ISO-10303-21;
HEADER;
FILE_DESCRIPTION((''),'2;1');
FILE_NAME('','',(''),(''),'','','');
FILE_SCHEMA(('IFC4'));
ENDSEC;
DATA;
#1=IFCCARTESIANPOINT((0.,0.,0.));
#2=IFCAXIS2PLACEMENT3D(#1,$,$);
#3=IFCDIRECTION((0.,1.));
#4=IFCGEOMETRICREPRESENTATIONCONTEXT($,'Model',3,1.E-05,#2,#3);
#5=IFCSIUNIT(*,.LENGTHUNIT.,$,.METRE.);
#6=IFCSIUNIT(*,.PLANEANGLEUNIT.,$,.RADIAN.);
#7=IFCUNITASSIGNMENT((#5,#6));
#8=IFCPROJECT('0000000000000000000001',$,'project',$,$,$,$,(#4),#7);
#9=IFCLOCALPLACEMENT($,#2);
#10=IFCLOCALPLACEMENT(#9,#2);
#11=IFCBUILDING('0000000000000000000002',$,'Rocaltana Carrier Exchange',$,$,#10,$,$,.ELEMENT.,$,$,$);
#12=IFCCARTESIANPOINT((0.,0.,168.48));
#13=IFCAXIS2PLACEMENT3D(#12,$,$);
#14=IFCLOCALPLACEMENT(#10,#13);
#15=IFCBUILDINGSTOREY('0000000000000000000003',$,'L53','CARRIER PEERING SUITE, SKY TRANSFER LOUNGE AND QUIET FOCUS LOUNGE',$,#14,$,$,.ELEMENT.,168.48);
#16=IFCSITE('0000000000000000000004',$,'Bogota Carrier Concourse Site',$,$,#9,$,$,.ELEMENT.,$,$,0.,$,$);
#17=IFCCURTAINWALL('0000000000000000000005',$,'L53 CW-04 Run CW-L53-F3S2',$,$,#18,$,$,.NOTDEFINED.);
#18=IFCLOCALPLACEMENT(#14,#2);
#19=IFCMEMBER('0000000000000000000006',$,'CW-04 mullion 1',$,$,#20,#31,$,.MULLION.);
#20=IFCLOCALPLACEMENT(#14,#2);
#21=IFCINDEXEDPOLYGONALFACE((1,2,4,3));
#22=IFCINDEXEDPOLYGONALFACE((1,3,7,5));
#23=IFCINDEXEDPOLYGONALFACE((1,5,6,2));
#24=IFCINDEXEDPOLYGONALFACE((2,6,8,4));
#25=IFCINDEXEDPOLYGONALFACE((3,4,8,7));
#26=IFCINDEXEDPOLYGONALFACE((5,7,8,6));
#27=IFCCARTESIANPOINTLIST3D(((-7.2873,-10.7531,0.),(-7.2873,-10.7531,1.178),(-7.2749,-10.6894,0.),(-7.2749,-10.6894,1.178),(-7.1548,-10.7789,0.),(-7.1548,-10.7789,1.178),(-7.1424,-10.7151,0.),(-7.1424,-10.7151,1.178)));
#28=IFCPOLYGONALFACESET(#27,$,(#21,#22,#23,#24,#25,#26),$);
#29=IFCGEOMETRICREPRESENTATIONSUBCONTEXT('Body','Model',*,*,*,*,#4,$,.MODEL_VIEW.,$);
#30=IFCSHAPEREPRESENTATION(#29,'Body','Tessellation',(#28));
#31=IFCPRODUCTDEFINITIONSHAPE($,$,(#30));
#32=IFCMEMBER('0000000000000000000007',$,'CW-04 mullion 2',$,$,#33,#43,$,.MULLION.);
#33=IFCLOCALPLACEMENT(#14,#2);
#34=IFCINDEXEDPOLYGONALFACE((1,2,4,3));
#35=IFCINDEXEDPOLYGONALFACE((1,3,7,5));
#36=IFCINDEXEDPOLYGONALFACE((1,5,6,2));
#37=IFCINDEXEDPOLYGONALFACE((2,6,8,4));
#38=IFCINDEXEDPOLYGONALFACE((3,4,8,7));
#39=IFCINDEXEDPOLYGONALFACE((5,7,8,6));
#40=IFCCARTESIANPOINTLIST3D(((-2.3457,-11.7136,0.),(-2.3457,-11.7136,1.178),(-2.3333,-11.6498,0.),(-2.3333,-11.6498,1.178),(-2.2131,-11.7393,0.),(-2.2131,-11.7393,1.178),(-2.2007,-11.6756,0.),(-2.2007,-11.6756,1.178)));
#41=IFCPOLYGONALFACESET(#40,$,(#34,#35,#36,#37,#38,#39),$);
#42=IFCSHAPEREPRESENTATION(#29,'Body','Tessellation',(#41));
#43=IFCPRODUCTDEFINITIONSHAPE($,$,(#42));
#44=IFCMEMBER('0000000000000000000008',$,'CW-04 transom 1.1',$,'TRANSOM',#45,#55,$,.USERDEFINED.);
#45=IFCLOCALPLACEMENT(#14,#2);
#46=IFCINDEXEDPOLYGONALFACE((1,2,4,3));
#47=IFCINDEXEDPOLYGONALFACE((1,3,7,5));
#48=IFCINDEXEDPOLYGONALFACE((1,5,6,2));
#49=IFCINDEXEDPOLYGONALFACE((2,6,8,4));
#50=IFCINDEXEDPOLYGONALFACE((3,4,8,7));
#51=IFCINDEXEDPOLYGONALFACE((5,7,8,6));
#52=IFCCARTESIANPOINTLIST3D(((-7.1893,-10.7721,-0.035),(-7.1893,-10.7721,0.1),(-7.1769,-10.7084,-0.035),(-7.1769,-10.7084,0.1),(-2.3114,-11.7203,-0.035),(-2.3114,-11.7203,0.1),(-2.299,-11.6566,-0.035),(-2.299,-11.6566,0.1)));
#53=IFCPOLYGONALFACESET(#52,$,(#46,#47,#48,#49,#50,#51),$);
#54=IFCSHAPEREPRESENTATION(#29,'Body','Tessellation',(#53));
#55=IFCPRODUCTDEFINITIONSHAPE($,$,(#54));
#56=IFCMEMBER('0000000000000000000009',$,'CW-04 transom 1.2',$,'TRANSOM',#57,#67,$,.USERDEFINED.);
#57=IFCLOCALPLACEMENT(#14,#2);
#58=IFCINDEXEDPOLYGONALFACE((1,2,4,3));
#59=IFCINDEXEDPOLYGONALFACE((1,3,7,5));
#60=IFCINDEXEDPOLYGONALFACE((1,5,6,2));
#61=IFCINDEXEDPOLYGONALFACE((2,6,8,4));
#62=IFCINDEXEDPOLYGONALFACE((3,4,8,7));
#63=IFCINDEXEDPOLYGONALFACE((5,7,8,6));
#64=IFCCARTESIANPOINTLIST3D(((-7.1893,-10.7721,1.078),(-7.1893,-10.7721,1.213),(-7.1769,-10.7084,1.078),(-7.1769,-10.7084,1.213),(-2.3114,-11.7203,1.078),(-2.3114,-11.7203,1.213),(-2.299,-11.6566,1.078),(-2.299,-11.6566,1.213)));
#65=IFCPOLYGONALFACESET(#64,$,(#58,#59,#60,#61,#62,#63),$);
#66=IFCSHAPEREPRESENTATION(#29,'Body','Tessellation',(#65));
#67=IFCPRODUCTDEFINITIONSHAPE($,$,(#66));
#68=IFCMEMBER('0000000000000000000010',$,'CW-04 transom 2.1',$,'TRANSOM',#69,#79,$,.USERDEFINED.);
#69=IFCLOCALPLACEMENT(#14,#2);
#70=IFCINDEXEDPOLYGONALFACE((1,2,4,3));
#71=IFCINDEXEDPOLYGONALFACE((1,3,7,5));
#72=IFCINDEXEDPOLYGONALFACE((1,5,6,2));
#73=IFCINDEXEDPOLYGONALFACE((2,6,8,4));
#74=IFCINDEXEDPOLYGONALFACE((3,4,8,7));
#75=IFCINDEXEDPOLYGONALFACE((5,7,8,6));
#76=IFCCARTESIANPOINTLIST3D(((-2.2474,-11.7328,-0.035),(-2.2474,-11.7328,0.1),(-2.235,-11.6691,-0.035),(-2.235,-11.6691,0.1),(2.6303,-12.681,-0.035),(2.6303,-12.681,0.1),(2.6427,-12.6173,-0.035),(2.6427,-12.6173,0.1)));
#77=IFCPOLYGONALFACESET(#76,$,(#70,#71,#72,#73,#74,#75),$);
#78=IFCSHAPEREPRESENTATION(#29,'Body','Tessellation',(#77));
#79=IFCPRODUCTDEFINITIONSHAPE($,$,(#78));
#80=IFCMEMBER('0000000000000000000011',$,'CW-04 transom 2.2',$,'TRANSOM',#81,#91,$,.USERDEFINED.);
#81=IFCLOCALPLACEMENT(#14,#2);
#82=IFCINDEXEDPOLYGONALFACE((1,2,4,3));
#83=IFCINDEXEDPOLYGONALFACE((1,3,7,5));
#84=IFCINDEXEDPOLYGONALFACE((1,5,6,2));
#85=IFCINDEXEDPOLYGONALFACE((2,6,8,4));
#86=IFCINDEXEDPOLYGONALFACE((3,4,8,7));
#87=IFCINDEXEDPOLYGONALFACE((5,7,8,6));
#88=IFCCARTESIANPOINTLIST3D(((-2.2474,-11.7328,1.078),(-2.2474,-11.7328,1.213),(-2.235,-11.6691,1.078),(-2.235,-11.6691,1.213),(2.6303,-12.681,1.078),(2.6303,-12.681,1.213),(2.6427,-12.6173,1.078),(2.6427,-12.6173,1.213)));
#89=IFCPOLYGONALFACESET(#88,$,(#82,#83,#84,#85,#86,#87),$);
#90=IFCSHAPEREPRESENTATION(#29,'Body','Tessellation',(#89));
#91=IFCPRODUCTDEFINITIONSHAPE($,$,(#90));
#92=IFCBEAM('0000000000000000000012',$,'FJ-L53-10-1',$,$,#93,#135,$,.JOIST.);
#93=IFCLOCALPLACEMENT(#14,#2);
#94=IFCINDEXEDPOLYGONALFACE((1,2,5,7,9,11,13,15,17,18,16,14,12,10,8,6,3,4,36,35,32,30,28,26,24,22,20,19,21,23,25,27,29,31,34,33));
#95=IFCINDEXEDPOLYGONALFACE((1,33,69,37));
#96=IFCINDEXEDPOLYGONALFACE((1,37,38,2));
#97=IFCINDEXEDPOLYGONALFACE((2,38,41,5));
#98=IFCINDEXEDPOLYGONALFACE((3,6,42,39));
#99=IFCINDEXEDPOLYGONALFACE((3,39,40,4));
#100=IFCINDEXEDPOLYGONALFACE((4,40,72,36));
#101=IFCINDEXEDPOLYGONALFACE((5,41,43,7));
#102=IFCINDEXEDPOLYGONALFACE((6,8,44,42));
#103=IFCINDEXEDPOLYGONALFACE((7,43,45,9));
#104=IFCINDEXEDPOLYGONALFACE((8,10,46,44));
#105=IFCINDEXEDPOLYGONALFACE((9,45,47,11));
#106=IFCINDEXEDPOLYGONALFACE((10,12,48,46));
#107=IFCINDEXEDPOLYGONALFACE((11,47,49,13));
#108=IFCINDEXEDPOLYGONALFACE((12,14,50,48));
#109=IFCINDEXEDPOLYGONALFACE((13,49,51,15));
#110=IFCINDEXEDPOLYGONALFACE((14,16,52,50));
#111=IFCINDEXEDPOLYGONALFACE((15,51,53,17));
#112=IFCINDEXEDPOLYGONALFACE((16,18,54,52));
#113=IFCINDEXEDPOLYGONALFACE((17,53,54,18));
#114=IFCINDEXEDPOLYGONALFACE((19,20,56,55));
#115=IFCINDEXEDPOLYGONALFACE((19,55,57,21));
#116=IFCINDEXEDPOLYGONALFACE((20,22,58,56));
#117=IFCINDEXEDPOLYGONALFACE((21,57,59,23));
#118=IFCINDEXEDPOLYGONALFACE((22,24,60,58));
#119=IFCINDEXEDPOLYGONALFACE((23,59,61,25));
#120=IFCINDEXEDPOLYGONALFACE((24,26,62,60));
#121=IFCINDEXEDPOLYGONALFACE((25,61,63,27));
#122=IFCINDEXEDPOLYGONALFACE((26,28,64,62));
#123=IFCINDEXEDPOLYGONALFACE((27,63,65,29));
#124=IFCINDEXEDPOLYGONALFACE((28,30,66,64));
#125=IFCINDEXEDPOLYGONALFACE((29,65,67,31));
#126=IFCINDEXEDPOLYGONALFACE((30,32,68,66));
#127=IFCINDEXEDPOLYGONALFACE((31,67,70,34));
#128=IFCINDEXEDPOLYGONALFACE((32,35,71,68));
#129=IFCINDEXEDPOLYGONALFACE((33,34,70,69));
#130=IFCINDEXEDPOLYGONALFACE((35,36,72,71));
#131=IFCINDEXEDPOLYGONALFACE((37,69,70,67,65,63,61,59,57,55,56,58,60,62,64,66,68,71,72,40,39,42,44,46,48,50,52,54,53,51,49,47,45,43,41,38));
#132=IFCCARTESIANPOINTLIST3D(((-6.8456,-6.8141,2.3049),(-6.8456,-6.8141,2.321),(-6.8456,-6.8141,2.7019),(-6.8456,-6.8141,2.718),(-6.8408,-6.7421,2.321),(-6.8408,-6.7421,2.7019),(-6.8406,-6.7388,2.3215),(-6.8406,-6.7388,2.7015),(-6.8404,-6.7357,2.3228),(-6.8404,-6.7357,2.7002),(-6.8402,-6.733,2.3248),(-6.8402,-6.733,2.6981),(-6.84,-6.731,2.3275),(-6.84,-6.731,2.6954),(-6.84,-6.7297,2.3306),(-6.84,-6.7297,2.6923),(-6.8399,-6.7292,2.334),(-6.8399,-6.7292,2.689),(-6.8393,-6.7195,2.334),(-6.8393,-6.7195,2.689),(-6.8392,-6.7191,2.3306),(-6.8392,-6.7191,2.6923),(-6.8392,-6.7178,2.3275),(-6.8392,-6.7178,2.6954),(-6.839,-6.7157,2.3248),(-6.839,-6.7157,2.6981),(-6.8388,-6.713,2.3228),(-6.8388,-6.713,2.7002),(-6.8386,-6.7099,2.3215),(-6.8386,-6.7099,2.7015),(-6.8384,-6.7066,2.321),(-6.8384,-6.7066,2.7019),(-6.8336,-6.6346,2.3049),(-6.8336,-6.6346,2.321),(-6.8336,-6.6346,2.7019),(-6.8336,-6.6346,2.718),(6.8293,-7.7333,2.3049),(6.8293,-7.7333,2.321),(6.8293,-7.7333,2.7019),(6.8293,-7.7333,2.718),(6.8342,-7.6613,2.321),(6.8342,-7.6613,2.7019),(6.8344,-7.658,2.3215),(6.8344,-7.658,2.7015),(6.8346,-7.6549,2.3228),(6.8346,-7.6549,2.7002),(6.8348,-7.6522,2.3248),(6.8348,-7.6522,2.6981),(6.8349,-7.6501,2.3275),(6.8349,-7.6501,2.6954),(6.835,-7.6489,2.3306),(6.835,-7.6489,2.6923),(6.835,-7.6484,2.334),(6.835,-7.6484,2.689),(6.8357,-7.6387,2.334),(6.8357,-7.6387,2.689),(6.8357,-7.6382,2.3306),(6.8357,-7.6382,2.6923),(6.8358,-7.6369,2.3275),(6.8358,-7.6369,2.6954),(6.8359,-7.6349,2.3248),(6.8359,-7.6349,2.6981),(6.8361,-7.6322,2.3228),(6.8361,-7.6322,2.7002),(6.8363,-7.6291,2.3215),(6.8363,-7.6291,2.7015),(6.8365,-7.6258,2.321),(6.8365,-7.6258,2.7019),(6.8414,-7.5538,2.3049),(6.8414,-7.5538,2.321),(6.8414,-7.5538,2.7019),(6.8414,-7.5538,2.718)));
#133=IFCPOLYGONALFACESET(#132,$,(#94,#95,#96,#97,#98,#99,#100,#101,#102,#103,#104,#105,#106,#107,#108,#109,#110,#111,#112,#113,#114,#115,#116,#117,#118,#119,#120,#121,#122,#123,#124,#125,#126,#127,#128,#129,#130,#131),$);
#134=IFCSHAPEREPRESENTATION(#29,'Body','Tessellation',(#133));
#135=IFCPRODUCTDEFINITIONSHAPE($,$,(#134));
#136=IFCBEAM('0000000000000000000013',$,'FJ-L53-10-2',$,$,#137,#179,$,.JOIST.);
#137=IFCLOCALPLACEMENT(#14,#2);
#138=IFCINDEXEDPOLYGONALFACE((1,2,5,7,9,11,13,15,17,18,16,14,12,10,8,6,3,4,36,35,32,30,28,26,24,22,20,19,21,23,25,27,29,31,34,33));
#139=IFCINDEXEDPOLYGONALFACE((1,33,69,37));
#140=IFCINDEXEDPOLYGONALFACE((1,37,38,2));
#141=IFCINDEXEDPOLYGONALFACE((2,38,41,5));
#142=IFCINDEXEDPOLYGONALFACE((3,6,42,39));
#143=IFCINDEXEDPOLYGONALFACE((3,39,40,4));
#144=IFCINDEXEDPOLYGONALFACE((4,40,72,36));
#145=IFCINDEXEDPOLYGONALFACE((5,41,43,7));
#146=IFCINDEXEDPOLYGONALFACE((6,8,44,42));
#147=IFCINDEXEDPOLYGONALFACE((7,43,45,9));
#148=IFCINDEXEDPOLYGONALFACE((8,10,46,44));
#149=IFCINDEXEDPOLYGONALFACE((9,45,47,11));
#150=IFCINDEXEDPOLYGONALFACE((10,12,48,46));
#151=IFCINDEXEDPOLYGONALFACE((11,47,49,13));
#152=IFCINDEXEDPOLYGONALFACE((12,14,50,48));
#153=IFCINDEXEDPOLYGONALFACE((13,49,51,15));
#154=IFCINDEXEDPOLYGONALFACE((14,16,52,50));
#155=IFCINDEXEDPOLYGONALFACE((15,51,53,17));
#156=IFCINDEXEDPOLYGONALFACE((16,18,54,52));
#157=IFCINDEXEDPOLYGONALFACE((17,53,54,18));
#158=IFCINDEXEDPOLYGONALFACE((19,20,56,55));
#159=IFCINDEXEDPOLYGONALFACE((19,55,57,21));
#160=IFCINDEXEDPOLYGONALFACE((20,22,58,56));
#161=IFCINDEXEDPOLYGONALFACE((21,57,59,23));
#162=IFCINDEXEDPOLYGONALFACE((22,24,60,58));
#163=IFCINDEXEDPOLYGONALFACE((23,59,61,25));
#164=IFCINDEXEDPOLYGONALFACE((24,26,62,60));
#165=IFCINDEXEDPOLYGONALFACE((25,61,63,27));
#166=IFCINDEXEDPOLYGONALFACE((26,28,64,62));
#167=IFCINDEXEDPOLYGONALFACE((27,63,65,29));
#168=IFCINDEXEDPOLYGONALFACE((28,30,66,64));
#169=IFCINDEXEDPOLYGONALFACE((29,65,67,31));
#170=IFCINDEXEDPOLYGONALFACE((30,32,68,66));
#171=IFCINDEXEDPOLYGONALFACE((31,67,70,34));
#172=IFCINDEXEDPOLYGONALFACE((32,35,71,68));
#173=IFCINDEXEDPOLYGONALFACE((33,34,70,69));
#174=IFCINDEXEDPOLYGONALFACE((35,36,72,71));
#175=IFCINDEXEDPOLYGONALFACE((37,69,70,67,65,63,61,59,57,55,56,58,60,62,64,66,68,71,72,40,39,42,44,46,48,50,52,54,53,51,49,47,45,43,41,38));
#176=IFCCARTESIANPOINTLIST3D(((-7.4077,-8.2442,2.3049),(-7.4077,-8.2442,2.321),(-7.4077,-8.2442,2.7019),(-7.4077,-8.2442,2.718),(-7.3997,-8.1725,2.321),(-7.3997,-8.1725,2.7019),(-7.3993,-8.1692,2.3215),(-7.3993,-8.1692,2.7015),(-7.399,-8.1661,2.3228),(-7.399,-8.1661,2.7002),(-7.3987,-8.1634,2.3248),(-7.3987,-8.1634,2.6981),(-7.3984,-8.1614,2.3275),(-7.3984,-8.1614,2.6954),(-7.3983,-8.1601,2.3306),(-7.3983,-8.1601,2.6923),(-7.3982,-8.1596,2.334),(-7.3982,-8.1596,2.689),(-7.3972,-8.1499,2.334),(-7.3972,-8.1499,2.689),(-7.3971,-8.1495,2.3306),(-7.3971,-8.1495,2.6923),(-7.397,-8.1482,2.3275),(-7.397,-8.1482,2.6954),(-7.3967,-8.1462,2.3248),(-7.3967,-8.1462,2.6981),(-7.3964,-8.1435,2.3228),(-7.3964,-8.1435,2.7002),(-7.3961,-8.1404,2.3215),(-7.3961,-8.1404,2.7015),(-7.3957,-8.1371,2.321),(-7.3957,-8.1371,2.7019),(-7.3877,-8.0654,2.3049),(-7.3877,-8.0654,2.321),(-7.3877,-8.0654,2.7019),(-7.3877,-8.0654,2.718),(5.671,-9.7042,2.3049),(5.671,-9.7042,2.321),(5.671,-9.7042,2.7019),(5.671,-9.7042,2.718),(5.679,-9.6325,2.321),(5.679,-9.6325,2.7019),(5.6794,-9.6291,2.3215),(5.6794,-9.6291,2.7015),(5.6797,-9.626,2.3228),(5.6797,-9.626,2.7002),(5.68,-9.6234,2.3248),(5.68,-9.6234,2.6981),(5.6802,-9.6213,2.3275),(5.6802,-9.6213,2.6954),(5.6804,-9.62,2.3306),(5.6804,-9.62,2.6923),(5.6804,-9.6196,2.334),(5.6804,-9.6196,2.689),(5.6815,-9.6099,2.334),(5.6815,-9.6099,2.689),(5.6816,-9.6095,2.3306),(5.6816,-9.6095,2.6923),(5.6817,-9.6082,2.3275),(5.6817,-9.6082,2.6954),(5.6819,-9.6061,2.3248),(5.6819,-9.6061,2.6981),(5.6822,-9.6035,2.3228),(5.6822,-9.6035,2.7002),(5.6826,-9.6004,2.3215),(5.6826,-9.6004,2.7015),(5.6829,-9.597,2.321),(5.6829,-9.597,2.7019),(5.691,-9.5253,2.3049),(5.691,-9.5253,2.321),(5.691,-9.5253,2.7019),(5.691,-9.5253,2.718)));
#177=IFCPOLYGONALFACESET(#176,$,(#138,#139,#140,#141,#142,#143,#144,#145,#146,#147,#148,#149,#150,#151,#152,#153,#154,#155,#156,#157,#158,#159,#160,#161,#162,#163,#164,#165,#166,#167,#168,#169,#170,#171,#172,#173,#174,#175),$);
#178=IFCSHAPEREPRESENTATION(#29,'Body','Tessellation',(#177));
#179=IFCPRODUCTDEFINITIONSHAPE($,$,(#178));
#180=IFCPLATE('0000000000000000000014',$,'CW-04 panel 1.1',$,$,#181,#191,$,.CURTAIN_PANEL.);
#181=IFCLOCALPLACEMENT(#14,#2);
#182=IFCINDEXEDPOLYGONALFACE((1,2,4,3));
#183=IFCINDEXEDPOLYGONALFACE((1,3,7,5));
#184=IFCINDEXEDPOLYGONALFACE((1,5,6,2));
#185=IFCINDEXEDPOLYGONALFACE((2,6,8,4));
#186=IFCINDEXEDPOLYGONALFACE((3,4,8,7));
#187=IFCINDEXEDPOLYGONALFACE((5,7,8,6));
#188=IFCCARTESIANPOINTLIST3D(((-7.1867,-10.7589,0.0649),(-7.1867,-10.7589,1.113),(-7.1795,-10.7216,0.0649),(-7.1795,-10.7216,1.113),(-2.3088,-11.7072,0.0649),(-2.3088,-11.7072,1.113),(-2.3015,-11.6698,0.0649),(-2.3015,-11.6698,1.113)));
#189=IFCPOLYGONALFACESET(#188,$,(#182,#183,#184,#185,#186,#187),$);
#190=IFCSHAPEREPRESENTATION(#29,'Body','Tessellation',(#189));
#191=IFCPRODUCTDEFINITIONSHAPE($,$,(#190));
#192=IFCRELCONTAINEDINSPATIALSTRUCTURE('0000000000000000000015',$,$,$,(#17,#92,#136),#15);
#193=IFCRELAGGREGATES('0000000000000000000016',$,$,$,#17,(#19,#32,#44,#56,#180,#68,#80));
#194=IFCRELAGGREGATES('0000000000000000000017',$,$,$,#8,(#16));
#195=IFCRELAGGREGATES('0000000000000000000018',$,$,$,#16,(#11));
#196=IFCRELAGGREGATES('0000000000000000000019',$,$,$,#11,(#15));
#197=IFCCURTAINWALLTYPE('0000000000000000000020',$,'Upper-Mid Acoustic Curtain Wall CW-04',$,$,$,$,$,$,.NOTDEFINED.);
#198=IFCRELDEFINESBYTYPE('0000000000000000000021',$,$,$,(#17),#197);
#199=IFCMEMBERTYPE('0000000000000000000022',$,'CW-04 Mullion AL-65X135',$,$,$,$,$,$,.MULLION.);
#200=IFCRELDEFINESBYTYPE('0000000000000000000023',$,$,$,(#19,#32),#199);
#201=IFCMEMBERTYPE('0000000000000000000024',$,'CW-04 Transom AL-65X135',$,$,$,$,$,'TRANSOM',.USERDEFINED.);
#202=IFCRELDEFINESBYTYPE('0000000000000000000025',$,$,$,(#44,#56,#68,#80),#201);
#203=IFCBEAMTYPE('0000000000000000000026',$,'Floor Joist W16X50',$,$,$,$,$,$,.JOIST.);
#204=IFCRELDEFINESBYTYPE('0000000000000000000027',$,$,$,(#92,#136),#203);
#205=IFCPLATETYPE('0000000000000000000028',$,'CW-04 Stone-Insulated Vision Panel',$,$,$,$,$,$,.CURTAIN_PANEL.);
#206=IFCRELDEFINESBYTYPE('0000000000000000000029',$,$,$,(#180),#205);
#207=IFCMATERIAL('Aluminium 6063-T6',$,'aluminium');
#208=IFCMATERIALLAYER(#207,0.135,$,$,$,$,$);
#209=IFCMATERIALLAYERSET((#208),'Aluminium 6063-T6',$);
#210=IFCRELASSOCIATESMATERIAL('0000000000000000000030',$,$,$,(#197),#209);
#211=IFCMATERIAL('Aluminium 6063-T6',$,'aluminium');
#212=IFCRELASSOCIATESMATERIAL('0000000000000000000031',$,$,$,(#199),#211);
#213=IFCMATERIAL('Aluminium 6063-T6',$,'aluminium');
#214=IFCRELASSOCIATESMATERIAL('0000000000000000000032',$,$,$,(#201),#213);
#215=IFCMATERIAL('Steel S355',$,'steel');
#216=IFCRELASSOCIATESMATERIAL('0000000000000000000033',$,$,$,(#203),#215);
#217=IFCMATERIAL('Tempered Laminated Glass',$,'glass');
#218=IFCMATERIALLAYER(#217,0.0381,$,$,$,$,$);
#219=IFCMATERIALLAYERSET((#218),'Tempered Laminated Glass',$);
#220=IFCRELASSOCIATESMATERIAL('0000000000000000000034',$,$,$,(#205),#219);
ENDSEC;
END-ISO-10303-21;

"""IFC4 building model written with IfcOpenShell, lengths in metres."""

from ifc_helpers import new_model, si_unit, direction, frame, origin, origin_2d, place, context, subcontext, project, spatial, rectangle, i_section, extrude, material, layer, layer_set, material_profile, profile_set, type_object, element, aggregate, save


model = new_model("IFC4")

# Units and contexts
model_context = context("Model", 3, precision=1e-05, world=origin(), true_north=direction((0.0, 1.0)))
body_context = subcontext(model_context, "Body", "Model", "MODEL_VIEW")
ifc_project = project(units=[si_unit("LENGTHUNIT", "METRE"), si_unit("PLANEANGLEUNIT", "RADIAN")], contexts=[model_context])

# Site, building, storey
site_placement = place(None, origin())
site = spatial("IfcSite", under=ifc_project, at=site_placement, Name="Bogota Carrier Concourse Site", CompositionType="ELEMENT", RefElevation=0.0)
building_placement = place(site_placement, origin())
building = spatial("IfcBuilding", under=site, at=building_placement, Name="Rocaltana Carrier Exchange", CompositionType="ELEMENT")
storey_placement = place(building_placement, frame((0.0, 0.0, 168.48)))
storey = spatial("IfcBuildingStorey", under=building, at=storey_placement, Name="L53", Description="CARRIER PEERING SUITE, SKY TRANSFER LOUNGE AND QUIET FOCUS LOUNGE", CompositionType="ELEMENT", Elevation=168.48)

# Curtain wall, members
ifc_material_1 = material(Name="Aluminium 6063-T6", Category="aluminium")
ifc_layer_1 = layer(ifc_material_1, 0.135)
ifc_layer_set_1 = layer_set([ifc_layer_1], Name="Aluminium 6063-T6")
curtain_wall_type = type_object("IfcCurtainWallType", Name="Upper-Mid Acoustic Curtain Wall CW-04", PredefinedType="NOTDEFINED", material=ifc_layer_set_1)
curtain_wall_placement = place(storey_placement, origin())
curtain_wall = element("IfcCurtainWall", 1, at=curtain_wall_placement, inside=storey, type_object=curtain_wall_type, Name="L53 CW-04 Run CW-L53-F3S2", PredefinedType="NOTDEFINED")
ifc_material_2 = material(Name="Aluminium 6063-T6", Category="aluminium")
ifc_material_profile_1 = material_profile(ifc_material_2, rectangle(XDim=0.0649, YDim=0.135, at=origin_2d()), Name="AL-65X135")
ifc_profile_set_1 = profile_set([ifc_material_profile_1], Name="Aluminium 6063-T6")
member_type_1 = type_object("IfcMemberType", Name="CW-04 Mullion AL-65X135", PredefinedType="MULLION", material=ifc_profile_set_1)
member_1_placement = place(storey_placement, frame((-7.2148, -10.7341, 0.0), z_axis=(0.0, 0.0, 1.0), x_axis=(0.190815, 0.981626, 0.0)))
member_1 = element("IfcMember", 2, at=member_1_placement, type_object=member_type_1, Name="CW-04 mullion 1", PredefinedType="MULLION", context=body_context, shape_type="SweptSolid", body=[
    extrude(rectangle(XDim=0.0649, YDim=0.135, at=origin_2d()), origin(), (0.0, 0.0, 1.0), 1.178),
])
member_2_placement = place(storey_placement, frame((-2.2732, -11.6946, 0.0), z_axis=(0.0, 0.0, 1.0), x_axis=(0.190815, 0.981626, 0.0)))
member_2 = element("IfcMember", 3, at=member_2_placement, type_object=member_type_1, Name="CW-04 mullion 2", PredefinedType="MULLION", context=body_context, shape_type="SweptSolid", body=[
    extrude(rectangle(XDim=0.0649, YDim=0.135, at=origin_2d()), origin(), (0.0, 0.0, 1.0), 1.178),
])
ifc_material_3 = material(Name="Aluminium 6063-T6", Category="aluminium")
ifc_material_profile_2 = material_profile(ifc_material_3, rectangle(XDim=0.0649, YDim=0.135, at=origin_2d()), Name="AL-65X135")
ifc_profile_set_2 = profile_set([ifc_material_profile_2], Name="Aluminium 6063-T6")
member_type_2 = type_object("IfcMemberType", Name="CW-04 Transom AL-65X135", ElementType="TRANSOM", PredefinedType="USERDEFINED", material=ifc_profile_set_2)
member_3_placement = place(storey_placement, frame((-7.1831, -10.7402, 0.0325), z_axis=(0.981625, -0.190822, 0.0), x_axis=(0.190822, 0.981625, 0.0)))
member_3 = element("IfcMember", 4, at=member_3_placement, type_object=member_type_2, Name="CW-04 transom 1.1", ObjectType="TRANSOM", PredefinedType="USERDEFINED", context=body_context, shape_type="SweptSolid", body=[
    extrude(rectangle(XDim=0.0649, YDim=0.135, at=origin_2d()), origin(), (0.0, 0.0, 1.0), 4.9692),
])
member_4_placement = place(storey_placement, frame((-7.1831, -10.7402, 1.1455), z_axis=(0.981625, -0.190822, 0.0), x_axis=(0.190822, 0.981625, 0.0)))
member_4 = element("IfcMember", 5, at=member_4_placement, type_object=member_type_2, Name="CW-04 transom 1.2", ObjectType="TRANSOM", PredefinedType="USERDEFINED", context=body_context, shape_type="SweptSolid", body=[
    extrude(rectangle(XDim=0.0649, YDim=0.135, at=origin_2d()), origin(), (0.0, 0.0, 1.0), 4.9692),
])
member_5_placement = place(storey_placement, frame((-2.2412, -11.7009, 0.0325), z_axis=(0.981623, -0.190832, 0.0), x_axis=(0.190832, 0.981623, 0.0)))
member_5 = element("IfcMember", 6, at=member_5_placement, type_object=member_type_2, Name="CW-04 transom 2.1", ObjectType="TRANSOM", PredefinedType="USERDEFINED", context=body_context, shape_type="SweptSolid", body=[
    extrude(rectangle(XDim=0.0649, YDim=0.135, at=origin_2d()), origin(), (0.0, 0.0, 1.0), 4.969),
])
member_6_placement = place(storey_placement, frame((-2.2412, -11.7009, 1.1455), z_axis=(0.981623, -0.190832, 0.0), x_axis=(0.190832, 0.981623, 0.0)))
member_6 = element("IfcMember", 7, at=member_6_placement, type_object=member_type_2, Name="CW-04 transom 2.2", ObjectType="TRANSOM", PredefinedType="USERDEFINED", context=body_context, shape_type="SweptSolid", body=[
    extrude(rectangle(XDim=0.0649, YDim=0.135, at=origin_2d()), origin(), (0.0, 0.0, 1.0), 4.969),
])

# Beams
ifc_material_4 = material(Name="Steel S355", Category="steel")
ifc_material_profile_3 = material_profile(ifc_material_4, i_section(OverallWidth=0.1799, OverallDepth=0.4131, WebThickness=0.0098, FlangeThickness=0.0161, FilletRadius=0.0129, at=origin_2d()), Name="W16X50")
ifc_profile_set_3 = profile_set([ifc_material_profile_3], Name="Steel S355")
beam_type = type_object("IfcBeamType", Name="Floor Joist W16X50", PredefinedType="JOIST", material=ifc_profile_set_3)
beam_1_placement = place(storey_placement, frame((-6.8396, -6.7244, 2.5115), z_axis=(0.997749, -0.067065, 0.0), x_axis=(0.067065, 0.997749, 0.0)))
element("IfcBeam", 8, at=beam_1_placement, inside=storey, type_object=beam_type, Name="FJ-L53-10-1", PredefinedType="JOIST", context=body_context, shape_type="SweptSolid", body=[
    extrude(i_section(OverallWidth=0.1799, OverallDepth=0.4131, WebThickness=0.0098, FlangeThickness=0.0161, FilletRadius=0.0129, at=origin_2d()), origin(), (0.0, 0.0, 1.0), 13.7058),
])
beam_2_placement = place(storey_placement, frame((-7.3977, -8.1548, 2.5115), z_axis=(0.993827, -0.110941, 0.0), x_axis=(0.110941, 0.993827, 0.0)))
element("IfcBeam", 9, at=beam_2_placement, inside=storey, type_object=beam_type, Name="FJ-L53-10-2", PredefinedType="JOIST", context=body_context, shape_type="SweptSolid", body=[
    extrude(i_section(OverallWidth=0.1799, OverallDepth=0.4131, WebThickness=0.0098, FlangeThickness=0.0161, FilletRadius=0.0129, at=origin_2d()), origin(), (0.0, 0.0, 1.0), 13.1599),
])

# Plate
ifc_material_5 = material(Name="Tempered Laminated Glass", Category="glass")
ifc_layer_2 = layer(ifc_material_5, 0.0381)
ifc_layer_set_2 = layer_set([ifc_layer_2], Name="Tempered Laminated Glass")
plate_type = type_object("IfcPlateType", Name="CW-04 Stone-Insulated Vision Panel", PredefinedType="CURTAIN_PANEL", material=ifc_layer_set_2)
plate_placement = place(storey_placement, frame((-4.7441, -11.2144, 0.0649), z_axis=(0.0, 0.0, 1.0), x_axis=(0.981626, -0.190815, 0.0)))
plate = element("IfcPlate", 10, at=plate_placement, type_object=plate_type, Name="CW-04 panel 1.1", PredefinedType="CURTAIN_PANEL", context=body_context, shape_type="SweptSolid", body=[
    extrude(rectangle(XDim=4.9692, YDim=0.0381, at=origin_2d()), origin(), (0.0, 0.0, 1.0), 1.0481),
])
aggregate(curtain_wall, [member_1, member_2, member_3, member_4, plate, member_5, member_6])

save(model, "model.ifc")
